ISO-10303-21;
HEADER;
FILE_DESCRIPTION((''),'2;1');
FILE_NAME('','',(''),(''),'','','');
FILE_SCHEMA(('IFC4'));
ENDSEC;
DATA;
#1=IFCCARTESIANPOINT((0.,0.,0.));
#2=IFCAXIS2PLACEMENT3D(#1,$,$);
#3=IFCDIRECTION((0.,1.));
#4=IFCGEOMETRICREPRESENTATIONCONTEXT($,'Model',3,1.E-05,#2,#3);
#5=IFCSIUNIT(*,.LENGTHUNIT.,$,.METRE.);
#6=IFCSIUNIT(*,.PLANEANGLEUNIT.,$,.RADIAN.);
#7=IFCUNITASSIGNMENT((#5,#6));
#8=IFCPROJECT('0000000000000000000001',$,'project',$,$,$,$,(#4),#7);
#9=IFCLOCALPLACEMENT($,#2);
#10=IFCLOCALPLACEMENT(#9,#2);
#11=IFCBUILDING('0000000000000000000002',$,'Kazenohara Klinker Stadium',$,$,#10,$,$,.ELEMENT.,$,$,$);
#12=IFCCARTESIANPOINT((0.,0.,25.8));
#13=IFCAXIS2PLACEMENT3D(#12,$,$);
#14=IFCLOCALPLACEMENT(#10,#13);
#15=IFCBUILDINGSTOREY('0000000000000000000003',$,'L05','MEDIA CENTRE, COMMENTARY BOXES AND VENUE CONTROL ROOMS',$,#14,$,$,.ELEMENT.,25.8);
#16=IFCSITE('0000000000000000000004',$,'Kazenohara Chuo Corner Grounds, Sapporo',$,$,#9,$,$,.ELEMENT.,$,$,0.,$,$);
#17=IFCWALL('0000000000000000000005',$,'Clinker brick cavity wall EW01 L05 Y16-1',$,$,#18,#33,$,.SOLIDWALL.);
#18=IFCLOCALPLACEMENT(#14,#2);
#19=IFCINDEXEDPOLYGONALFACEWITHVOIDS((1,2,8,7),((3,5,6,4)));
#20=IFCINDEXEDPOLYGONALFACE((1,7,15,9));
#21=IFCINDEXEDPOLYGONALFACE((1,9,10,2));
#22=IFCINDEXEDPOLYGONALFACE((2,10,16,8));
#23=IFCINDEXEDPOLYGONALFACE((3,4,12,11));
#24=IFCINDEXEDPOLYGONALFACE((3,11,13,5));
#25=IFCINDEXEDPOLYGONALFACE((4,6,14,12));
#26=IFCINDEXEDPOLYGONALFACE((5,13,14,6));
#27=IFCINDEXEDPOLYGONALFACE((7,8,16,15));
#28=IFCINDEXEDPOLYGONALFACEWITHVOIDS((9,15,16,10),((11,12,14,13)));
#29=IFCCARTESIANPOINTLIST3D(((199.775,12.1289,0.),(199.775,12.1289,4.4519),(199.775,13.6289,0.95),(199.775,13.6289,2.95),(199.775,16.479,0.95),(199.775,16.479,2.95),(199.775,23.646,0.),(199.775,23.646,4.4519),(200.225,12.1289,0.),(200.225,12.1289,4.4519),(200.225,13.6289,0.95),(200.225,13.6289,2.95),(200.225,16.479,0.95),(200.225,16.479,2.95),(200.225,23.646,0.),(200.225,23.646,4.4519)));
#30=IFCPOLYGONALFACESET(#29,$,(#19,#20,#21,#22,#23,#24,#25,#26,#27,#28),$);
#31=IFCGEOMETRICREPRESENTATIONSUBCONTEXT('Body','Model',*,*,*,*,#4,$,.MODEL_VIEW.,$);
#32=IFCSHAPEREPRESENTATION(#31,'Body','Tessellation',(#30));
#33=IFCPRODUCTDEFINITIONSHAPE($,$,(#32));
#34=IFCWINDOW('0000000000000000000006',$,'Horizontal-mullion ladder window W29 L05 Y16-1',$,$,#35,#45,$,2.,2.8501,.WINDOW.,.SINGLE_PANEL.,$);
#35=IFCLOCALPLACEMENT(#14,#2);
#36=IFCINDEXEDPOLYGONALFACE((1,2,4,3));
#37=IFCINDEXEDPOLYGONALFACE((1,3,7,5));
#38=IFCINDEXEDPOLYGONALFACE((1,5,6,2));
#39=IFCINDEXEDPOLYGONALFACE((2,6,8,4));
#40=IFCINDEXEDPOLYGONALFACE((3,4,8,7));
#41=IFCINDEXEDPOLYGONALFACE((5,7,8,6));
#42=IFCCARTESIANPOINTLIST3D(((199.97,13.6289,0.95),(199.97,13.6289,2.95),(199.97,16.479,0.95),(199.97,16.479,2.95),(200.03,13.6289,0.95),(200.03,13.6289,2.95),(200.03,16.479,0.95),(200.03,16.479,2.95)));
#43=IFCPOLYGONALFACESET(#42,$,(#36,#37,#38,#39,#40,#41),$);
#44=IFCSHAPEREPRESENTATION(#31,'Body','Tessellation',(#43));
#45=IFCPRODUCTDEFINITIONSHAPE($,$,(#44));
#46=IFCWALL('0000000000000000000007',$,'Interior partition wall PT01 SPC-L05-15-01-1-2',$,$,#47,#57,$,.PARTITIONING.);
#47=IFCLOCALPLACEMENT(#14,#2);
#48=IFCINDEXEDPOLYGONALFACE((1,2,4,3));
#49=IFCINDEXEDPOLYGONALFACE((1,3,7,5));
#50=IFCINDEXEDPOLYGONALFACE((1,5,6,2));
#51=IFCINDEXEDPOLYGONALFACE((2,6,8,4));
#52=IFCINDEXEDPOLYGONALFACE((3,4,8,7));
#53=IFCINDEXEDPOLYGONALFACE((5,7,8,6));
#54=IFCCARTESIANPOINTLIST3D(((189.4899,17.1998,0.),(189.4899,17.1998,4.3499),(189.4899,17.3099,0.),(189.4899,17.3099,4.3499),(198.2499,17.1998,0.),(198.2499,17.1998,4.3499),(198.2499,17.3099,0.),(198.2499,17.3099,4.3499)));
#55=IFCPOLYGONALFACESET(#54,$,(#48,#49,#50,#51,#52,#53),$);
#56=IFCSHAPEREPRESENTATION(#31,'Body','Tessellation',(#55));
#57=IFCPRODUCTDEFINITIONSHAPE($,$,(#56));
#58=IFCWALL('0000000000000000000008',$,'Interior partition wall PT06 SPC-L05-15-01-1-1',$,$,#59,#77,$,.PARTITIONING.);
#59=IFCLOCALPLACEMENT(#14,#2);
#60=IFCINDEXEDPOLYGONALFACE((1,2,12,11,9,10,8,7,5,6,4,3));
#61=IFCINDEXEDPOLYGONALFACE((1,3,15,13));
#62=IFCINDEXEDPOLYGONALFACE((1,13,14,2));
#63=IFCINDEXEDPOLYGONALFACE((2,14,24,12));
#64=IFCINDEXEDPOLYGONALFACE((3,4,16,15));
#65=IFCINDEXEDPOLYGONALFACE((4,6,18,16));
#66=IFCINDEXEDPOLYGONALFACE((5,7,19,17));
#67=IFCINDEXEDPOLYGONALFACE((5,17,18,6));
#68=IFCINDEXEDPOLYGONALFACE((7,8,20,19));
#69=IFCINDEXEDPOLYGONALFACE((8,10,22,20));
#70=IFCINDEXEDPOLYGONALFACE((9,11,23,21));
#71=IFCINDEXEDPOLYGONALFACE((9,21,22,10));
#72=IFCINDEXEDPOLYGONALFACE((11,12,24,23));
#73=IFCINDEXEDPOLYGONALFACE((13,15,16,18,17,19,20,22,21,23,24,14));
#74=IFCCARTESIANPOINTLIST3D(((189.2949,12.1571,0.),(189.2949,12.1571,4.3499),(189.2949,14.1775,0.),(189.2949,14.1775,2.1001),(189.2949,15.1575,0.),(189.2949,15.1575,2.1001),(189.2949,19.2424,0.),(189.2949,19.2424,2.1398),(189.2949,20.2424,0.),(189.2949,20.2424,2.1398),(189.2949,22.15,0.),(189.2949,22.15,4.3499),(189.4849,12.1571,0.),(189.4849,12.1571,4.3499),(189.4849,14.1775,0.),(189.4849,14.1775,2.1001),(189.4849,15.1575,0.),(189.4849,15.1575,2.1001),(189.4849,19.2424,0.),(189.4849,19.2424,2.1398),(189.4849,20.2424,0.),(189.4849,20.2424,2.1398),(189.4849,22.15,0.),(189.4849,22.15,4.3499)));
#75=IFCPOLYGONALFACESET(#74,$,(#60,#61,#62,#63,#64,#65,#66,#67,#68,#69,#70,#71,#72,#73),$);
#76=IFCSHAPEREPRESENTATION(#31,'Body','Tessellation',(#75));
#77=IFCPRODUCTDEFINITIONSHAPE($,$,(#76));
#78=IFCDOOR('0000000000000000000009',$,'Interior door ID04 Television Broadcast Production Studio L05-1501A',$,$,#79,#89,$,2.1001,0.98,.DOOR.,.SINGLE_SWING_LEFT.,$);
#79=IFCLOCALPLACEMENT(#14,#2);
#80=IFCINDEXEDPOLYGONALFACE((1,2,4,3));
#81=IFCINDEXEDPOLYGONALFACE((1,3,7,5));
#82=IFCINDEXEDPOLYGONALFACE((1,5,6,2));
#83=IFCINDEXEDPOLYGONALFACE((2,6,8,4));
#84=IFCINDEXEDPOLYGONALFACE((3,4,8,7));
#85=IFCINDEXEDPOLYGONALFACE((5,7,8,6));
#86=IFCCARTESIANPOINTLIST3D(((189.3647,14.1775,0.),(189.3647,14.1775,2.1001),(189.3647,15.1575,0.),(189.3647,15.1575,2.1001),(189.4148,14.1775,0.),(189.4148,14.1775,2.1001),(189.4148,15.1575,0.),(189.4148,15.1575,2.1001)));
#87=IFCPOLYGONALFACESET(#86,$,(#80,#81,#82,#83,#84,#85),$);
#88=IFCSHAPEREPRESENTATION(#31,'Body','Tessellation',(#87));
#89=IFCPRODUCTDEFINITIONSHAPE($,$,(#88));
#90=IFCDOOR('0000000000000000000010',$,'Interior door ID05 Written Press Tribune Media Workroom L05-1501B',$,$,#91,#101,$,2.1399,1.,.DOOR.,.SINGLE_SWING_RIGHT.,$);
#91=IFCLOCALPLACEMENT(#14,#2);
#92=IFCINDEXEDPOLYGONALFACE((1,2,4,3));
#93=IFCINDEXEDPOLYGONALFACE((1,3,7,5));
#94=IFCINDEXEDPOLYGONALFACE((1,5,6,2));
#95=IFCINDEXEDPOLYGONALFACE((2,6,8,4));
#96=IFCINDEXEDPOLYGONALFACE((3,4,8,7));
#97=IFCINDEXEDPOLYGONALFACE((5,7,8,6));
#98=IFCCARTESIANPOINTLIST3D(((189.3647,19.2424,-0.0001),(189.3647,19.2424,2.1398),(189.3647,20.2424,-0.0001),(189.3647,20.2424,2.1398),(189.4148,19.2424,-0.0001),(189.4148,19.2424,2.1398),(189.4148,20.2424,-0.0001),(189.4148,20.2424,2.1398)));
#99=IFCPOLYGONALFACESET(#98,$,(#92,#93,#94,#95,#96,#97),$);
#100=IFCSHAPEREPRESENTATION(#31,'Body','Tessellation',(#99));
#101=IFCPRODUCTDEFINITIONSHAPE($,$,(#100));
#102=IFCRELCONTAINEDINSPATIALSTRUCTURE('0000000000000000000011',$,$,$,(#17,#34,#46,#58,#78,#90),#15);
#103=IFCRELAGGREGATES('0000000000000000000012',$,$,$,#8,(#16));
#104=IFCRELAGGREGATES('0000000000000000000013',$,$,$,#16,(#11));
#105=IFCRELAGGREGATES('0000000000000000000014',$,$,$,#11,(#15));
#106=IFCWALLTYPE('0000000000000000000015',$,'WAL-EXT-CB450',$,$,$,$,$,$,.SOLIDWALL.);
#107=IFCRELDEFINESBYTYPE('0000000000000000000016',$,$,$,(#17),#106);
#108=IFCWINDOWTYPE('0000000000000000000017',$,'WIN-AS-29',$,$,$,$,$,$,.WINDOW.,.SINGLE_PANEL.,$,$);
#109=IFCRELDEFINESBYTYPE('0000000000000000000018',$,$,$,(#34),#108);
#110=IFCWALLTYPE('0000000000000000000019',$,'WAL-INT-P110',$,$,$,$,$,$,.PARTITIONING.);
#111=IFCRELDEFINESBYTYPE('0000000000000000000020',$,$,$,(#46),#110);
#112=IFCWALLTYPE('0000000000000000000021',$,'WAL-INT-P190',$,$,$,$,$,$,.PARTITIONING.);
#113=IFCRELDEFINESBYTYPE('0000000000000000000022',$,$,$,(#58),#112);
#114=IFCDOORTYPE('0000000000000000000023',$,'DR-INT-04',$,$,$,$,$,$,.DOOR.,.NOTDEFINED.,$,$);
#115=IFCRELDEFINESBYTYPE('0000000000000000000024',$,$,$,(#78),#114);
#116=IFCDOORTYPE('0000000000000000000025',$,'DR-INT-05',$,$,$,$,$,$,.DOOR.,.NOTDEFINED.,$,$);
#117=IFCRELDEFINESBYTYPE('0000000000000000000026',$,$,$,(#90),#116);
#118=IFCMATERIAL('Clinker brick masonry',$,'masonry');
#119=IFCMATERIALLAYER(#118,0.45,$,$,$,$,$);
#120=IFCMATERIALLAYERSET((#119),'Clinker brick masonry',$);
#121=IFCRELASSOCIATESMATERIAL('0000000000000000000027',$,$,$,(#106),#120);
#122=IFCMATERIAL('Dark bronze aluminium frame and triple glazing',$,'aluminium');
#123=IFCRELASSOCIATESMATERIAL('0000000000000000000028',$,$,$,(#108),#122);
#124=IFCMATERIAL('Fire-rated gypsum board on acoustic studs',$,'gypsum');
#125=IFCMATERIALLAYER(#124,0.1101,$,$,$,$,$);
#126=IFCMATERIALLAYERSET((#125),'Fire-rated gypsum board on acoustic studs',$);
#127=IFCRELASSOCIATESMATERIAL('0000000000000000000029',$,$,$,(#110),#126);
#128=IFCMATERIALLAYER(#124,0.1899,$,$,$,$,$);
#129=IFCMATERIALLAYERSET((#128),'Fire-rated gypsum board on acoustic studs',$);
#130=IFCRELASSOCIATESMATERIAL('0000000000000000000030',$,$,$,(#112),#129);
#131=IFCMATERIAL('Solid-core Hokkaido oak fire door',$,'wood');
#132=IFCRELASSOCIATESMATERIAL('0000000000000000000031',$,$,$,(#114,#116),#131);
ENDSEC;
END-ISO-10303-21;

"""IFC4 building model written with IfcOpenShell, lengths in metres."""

from ifc_helpers import new_model, si_unit, direction, frame, frame_2d, origin, place, context, subcontext, project, spatial, rectangle, extrude, material, layer, layer_set, type_object, element, fill, save


model = new_model("IFC4")

# Units and contexts
model_context = context("Model", 3, precision=1e-05, world=origin(), true_north=direction((0.0, 1.0)))
body_context = subcontext(model_context, "Body", "Model", "MODEL_VIEW")
ifc_project = project(units=[si_unit("LENGTHUNIT", "METRE"), si_unit("PLANEANGLEUNIT", "RADIAN")], contexts=[model_context])

# Site, building, storey
site_placement = place(None, origin())
site = spatial("IfcSite", under=ifc_project, at=site_placement, Name="Kazenohara Chuo Corner Grounds, Sapporo", CompositionType="ELEMENT", RefElevation=0.0)
building_placement = place(site_placement, origin())
building = spatial("IfcBuilding", under=site, at=building_placement, Name="Kazenohara Klinker Stadium", CompositionType="ELEMENT")
storey_placement = place(building_placement, frame((0.0, 0.0, 25.8)))
storey = spatial("IfcBuildingStorey", under=building, at=storey_placement, Name="L05", Description="MEDIA CENTRE, COMMENTARY BOXES AND VENUE CONTROL ROOMS", CompositionType="ELEMENT", Elevation=25.8)

# Shared definitions
ifc_material_1 = material(Name="Clinker brick masonry", Category="masonry")
ifc_material_2 = material(Name="Dark bronze aluminium frame and triple glazing", Category="aluminium")

# Wall, opening, window
ifc_layer_1 = layer(ifc_material_1, 0.45)
ifc_layer_set_1 = layer_set([ifc_layer_1], Name="Clinker brick masonry")
wall_type_1 = type_object("IfcWallType", Name="WAL-EXT-CB450", PredefinedType="SOLIDWALL", material=ifc_layer_set_1)
wall_1_placement = place(storey_placement, frame((200.0, 12.1289, 0.0), z_axis=(0.0, 0.0, 1.0), x_axis=(0.0, 1.0, 0.0)))
wall_1 = element("IfcWall", 1, at=wall_1_placement, inside=storey, type_object=wall_type_1, Name="Clinker brick cavity wall EW01 L05 Y16-1", PredefinedType="SOLIDWALL", context=body_context, shape_type="SweptSolid", body=[
    extrude(rectangle(XDim=11.5171, YDim=0.45, at=frame_2d((5.7585, 0.0))), origin(), (0.0, 0.0, 1.0), 4.4519),
])
opening_1_placement = place(wall_1_placement, frame((1.5, 0.0, 0.95)))
opening_1 = element("IfcOpeningElement", 2, at=opening_1_placement, cuts=wall_1, PredefinedType="OPENING", context=body_context, shape_type="SweptSolid", body=[
    extrude(rectangle(XDim=2.8501, YDim=2.0, at=frame_2d((1.425, 1.0))), frame((0.0, 0.2349, 0.0), z_axis=(0.0, -1.0, 0.0), x_axis=(1.0, 0.0, 0.0)), (0.0, 0.0, 1.0), 0.47),
])
window_type_1 = type_object("IfcWindowType", Name="WIN-AS-29", PartitioningType="SINGLE_PANEL", PredefinedType="WINDOW", material=ifc_material_2)
window_1_placement = place(opening_1_placement, origin())
window_1 = element("IfcWindow", 3, at=window_1_placement, inside=storey, type_object=window_type_1, Name="Horizontal-mullion ladder window W29 L05 Y16-1", OverallHeight=2.0, OverallWidth=2.8501, PartitioningType="SINGLE_PANEL", PredefinedType="WINDOW", context=body_context, shape_type="SweptSolid", body=[
    extrude(rectangle(XDim=2.8501, YDim=2.0, at=frame_2d((1.425, 1.0))), frame((0.0, 0.03, 0.0), z_axis=(0.0, -1.0, 0.0), x_axis=(1.0, 0.0, 0.0)), (0.0, 0.0, 1.0), 0.0601),
])
fill(opening_1, window_1)

# Wall
ifc_material_3 = material(Name="Fire-rated gypsum board on acoustic studs", Category="gypsum")
ifc_layer_2 = layer(ifc_material_3, 0.1101)
ifc_layer_set_2 = layer_set([ifc_layer_2], Name="Fire-rated gypsum board on acoustic studs")
wall_type_2 = type_object("IfcWallType", Name="WAL-INT-P110", PredefinedType="PARTITIONING", material=ifc_layer_set_2)
wall_2_placement = place(storey_placement, frame((189.49, 17.2549, 0.0), z_axis=(0.0, 0.0, 1.0), x_axis=(1.0, 0.0, 0.0)))
element("IfcWall", 4, at=wall_2_placement, inside=storey, type_object=wall_type_2, Name="Interior partition wall PT01 SPC-L05-15-01-1-2", PredefinedType="PARTITIONING", context=body_context, shape_type="SweptSolid", body=[
    extrude(rectangle(XDim=8.76, YDim=0.1101, at=frame_2d((4.3799, 0.0))), origin(), (0.0, 0.0, 1.0), 4.3499),
])

# Wall, openings, doors
ifc_layer_3 = layer(ifc_material_3, 0.1899)
ifc_layer_set_3 = layer_set([ifc_layer_3], Name="Fire-rated gypsum board on acoustic studs")
wall_type_3 = type_object("IfcWallType", Name="WAL-INT-P190", PredefinedType="PARTITIONING", material=ifc_layer_set_3)
wall_3_placement = place(storey_placement, frame((189.3899, 12.157, 0.0), z_axis=(0.0, 0.0, 1.0), x_axis=(0.0, 1.0, 0.0)))
wall_3 = element("IfcWall", 5, at=wall_3_placement, inside=storey, type_object=wall_type_3, Name="Interior partition wall PT06 SPC-L05-15-01-1-1", PredefinedType="PARTITIONING", context=body_context, shape_type="SweptSolid", body=[
    extrude(rectangle(XDim=9.9929, YDim=0.1899, at=frame_2d((4.9966, 0.0))), origin(), (0.0, 0.0, 1.0), 4.3499),
])
opening_2_placement = place(wall_3_placement, frame((3.0005, 0.0, 0.0), z_axis=(0.0, 0.0, 1.0), x_axis=(-1.0, 0.0, 0.0)))
opening_2 = element("IfcOpeningElement", 6, at=opening_2_placement, cuts=wall_3, PredefinedType="OPENING", context=body_context, shape_type="SweptSolid", body=[
    extrude(rectangle(XDim=0.98, YDim=2.1001, at=frame_2d((0.49, 1.05))), frame((0.0, 0.105, 0.0), z_axis=(0.0, -1.0, 0.0), x_axis=(1.0, 0.0, 0.0)), (0.0, 0.0, 1.0), 0.21),
])
opening_3_placement = place(wall_3_placement, frame((8.0854, 0.0, 0.0), z_axis=(0.0, 0.0, 1.0), x_axis=(-1.0, 0.0, 0.0)))
opening_3 = element("IfcOpeningElement", 7, at=opening_3_placement, cuts=wall_3, PredefinedType="OPENING", context=body_context, shape_type="SweptSolid", body=[
    extrude(rectangle(XDim=1.0, YDim=2.1399, at=frame_2d((0.5, 1.0698))), frame((0.0, 0.105, 0.0), z_axis=(0.0, -1.0, 0.0), x_axis=(1.0, 0.0, 0.0)), (0.0, 0.0, 1.0), 0.21),
])
ifc_material_4 = material(Name="Solid-core Hokkaido oak fire door", Category="wood")
door_type_1 = type_object("IfcDoorType", Name="DR-INT-04", OperationType="NOTDEFINED", PredefinedType="DOOR", material=ifc_material_4)
door_1_placement = place(opening_2_placement, origin())
door_1 = element("IfcDoor", 8, at=door_1_placement, inside=storey, type_object=door_type_1, Name="Interior door ID04 Television Broadcast Production Studio L05-1501A", OperationType="SINGLE_SWING_LEFT", OverallHeight=2.1001, OverallWidth=0.98, PredefinedType="DOOR", context=body_context, shape_type="SweptSolid", body=[
    extrude(rectangle(XDim=0.98, YDim=2.1001, at=frame_2d((0.49, 1.05))), frame((0.0, 0.0249, 0.0), z_axis=(0.0, -1.0, 0.0), x_axis=(1.0, 0.0, 0.0)), (0.0, 0.0, 1.0), 0.05),
])
fill(opening_2, door_1)
door_type_2 = type_object("IfcDoorType", Name="DR-INT-05", OperationType="NOTDEFINED", PredefinedType="DOOR", material=ifc_material_4)
door_2_placement = place(opening_3_placement, origin())
door_2 = element("IfcDoor", 9, at=door_2_placement, inside=storey, type_object=door_type_2, Name="Interior door ID05 Written Press Tribune Media Workroom L05-1501B", OperationType="SINGLE_SWING_RIGHT", OverallHeight=2.1399, OverallWidth=1.0, PredefinedType="DOOR", context=body_context, shape_type="SweptSolid", body=[
    extrude(rectangle(XDim=1.0, YDim=2.1399, at=frame_2d((0.5, 1.0698))), frame((0.0, 0.0249, 0.0), z_axis=(0.0, -1.0, 0.0), x_axis=(1.0, 0.0, 0.0)), (0.0, 0.0, 1.0), 0.05),
])
fill(opening_3, door_2)

save(model, "model.ifc")
